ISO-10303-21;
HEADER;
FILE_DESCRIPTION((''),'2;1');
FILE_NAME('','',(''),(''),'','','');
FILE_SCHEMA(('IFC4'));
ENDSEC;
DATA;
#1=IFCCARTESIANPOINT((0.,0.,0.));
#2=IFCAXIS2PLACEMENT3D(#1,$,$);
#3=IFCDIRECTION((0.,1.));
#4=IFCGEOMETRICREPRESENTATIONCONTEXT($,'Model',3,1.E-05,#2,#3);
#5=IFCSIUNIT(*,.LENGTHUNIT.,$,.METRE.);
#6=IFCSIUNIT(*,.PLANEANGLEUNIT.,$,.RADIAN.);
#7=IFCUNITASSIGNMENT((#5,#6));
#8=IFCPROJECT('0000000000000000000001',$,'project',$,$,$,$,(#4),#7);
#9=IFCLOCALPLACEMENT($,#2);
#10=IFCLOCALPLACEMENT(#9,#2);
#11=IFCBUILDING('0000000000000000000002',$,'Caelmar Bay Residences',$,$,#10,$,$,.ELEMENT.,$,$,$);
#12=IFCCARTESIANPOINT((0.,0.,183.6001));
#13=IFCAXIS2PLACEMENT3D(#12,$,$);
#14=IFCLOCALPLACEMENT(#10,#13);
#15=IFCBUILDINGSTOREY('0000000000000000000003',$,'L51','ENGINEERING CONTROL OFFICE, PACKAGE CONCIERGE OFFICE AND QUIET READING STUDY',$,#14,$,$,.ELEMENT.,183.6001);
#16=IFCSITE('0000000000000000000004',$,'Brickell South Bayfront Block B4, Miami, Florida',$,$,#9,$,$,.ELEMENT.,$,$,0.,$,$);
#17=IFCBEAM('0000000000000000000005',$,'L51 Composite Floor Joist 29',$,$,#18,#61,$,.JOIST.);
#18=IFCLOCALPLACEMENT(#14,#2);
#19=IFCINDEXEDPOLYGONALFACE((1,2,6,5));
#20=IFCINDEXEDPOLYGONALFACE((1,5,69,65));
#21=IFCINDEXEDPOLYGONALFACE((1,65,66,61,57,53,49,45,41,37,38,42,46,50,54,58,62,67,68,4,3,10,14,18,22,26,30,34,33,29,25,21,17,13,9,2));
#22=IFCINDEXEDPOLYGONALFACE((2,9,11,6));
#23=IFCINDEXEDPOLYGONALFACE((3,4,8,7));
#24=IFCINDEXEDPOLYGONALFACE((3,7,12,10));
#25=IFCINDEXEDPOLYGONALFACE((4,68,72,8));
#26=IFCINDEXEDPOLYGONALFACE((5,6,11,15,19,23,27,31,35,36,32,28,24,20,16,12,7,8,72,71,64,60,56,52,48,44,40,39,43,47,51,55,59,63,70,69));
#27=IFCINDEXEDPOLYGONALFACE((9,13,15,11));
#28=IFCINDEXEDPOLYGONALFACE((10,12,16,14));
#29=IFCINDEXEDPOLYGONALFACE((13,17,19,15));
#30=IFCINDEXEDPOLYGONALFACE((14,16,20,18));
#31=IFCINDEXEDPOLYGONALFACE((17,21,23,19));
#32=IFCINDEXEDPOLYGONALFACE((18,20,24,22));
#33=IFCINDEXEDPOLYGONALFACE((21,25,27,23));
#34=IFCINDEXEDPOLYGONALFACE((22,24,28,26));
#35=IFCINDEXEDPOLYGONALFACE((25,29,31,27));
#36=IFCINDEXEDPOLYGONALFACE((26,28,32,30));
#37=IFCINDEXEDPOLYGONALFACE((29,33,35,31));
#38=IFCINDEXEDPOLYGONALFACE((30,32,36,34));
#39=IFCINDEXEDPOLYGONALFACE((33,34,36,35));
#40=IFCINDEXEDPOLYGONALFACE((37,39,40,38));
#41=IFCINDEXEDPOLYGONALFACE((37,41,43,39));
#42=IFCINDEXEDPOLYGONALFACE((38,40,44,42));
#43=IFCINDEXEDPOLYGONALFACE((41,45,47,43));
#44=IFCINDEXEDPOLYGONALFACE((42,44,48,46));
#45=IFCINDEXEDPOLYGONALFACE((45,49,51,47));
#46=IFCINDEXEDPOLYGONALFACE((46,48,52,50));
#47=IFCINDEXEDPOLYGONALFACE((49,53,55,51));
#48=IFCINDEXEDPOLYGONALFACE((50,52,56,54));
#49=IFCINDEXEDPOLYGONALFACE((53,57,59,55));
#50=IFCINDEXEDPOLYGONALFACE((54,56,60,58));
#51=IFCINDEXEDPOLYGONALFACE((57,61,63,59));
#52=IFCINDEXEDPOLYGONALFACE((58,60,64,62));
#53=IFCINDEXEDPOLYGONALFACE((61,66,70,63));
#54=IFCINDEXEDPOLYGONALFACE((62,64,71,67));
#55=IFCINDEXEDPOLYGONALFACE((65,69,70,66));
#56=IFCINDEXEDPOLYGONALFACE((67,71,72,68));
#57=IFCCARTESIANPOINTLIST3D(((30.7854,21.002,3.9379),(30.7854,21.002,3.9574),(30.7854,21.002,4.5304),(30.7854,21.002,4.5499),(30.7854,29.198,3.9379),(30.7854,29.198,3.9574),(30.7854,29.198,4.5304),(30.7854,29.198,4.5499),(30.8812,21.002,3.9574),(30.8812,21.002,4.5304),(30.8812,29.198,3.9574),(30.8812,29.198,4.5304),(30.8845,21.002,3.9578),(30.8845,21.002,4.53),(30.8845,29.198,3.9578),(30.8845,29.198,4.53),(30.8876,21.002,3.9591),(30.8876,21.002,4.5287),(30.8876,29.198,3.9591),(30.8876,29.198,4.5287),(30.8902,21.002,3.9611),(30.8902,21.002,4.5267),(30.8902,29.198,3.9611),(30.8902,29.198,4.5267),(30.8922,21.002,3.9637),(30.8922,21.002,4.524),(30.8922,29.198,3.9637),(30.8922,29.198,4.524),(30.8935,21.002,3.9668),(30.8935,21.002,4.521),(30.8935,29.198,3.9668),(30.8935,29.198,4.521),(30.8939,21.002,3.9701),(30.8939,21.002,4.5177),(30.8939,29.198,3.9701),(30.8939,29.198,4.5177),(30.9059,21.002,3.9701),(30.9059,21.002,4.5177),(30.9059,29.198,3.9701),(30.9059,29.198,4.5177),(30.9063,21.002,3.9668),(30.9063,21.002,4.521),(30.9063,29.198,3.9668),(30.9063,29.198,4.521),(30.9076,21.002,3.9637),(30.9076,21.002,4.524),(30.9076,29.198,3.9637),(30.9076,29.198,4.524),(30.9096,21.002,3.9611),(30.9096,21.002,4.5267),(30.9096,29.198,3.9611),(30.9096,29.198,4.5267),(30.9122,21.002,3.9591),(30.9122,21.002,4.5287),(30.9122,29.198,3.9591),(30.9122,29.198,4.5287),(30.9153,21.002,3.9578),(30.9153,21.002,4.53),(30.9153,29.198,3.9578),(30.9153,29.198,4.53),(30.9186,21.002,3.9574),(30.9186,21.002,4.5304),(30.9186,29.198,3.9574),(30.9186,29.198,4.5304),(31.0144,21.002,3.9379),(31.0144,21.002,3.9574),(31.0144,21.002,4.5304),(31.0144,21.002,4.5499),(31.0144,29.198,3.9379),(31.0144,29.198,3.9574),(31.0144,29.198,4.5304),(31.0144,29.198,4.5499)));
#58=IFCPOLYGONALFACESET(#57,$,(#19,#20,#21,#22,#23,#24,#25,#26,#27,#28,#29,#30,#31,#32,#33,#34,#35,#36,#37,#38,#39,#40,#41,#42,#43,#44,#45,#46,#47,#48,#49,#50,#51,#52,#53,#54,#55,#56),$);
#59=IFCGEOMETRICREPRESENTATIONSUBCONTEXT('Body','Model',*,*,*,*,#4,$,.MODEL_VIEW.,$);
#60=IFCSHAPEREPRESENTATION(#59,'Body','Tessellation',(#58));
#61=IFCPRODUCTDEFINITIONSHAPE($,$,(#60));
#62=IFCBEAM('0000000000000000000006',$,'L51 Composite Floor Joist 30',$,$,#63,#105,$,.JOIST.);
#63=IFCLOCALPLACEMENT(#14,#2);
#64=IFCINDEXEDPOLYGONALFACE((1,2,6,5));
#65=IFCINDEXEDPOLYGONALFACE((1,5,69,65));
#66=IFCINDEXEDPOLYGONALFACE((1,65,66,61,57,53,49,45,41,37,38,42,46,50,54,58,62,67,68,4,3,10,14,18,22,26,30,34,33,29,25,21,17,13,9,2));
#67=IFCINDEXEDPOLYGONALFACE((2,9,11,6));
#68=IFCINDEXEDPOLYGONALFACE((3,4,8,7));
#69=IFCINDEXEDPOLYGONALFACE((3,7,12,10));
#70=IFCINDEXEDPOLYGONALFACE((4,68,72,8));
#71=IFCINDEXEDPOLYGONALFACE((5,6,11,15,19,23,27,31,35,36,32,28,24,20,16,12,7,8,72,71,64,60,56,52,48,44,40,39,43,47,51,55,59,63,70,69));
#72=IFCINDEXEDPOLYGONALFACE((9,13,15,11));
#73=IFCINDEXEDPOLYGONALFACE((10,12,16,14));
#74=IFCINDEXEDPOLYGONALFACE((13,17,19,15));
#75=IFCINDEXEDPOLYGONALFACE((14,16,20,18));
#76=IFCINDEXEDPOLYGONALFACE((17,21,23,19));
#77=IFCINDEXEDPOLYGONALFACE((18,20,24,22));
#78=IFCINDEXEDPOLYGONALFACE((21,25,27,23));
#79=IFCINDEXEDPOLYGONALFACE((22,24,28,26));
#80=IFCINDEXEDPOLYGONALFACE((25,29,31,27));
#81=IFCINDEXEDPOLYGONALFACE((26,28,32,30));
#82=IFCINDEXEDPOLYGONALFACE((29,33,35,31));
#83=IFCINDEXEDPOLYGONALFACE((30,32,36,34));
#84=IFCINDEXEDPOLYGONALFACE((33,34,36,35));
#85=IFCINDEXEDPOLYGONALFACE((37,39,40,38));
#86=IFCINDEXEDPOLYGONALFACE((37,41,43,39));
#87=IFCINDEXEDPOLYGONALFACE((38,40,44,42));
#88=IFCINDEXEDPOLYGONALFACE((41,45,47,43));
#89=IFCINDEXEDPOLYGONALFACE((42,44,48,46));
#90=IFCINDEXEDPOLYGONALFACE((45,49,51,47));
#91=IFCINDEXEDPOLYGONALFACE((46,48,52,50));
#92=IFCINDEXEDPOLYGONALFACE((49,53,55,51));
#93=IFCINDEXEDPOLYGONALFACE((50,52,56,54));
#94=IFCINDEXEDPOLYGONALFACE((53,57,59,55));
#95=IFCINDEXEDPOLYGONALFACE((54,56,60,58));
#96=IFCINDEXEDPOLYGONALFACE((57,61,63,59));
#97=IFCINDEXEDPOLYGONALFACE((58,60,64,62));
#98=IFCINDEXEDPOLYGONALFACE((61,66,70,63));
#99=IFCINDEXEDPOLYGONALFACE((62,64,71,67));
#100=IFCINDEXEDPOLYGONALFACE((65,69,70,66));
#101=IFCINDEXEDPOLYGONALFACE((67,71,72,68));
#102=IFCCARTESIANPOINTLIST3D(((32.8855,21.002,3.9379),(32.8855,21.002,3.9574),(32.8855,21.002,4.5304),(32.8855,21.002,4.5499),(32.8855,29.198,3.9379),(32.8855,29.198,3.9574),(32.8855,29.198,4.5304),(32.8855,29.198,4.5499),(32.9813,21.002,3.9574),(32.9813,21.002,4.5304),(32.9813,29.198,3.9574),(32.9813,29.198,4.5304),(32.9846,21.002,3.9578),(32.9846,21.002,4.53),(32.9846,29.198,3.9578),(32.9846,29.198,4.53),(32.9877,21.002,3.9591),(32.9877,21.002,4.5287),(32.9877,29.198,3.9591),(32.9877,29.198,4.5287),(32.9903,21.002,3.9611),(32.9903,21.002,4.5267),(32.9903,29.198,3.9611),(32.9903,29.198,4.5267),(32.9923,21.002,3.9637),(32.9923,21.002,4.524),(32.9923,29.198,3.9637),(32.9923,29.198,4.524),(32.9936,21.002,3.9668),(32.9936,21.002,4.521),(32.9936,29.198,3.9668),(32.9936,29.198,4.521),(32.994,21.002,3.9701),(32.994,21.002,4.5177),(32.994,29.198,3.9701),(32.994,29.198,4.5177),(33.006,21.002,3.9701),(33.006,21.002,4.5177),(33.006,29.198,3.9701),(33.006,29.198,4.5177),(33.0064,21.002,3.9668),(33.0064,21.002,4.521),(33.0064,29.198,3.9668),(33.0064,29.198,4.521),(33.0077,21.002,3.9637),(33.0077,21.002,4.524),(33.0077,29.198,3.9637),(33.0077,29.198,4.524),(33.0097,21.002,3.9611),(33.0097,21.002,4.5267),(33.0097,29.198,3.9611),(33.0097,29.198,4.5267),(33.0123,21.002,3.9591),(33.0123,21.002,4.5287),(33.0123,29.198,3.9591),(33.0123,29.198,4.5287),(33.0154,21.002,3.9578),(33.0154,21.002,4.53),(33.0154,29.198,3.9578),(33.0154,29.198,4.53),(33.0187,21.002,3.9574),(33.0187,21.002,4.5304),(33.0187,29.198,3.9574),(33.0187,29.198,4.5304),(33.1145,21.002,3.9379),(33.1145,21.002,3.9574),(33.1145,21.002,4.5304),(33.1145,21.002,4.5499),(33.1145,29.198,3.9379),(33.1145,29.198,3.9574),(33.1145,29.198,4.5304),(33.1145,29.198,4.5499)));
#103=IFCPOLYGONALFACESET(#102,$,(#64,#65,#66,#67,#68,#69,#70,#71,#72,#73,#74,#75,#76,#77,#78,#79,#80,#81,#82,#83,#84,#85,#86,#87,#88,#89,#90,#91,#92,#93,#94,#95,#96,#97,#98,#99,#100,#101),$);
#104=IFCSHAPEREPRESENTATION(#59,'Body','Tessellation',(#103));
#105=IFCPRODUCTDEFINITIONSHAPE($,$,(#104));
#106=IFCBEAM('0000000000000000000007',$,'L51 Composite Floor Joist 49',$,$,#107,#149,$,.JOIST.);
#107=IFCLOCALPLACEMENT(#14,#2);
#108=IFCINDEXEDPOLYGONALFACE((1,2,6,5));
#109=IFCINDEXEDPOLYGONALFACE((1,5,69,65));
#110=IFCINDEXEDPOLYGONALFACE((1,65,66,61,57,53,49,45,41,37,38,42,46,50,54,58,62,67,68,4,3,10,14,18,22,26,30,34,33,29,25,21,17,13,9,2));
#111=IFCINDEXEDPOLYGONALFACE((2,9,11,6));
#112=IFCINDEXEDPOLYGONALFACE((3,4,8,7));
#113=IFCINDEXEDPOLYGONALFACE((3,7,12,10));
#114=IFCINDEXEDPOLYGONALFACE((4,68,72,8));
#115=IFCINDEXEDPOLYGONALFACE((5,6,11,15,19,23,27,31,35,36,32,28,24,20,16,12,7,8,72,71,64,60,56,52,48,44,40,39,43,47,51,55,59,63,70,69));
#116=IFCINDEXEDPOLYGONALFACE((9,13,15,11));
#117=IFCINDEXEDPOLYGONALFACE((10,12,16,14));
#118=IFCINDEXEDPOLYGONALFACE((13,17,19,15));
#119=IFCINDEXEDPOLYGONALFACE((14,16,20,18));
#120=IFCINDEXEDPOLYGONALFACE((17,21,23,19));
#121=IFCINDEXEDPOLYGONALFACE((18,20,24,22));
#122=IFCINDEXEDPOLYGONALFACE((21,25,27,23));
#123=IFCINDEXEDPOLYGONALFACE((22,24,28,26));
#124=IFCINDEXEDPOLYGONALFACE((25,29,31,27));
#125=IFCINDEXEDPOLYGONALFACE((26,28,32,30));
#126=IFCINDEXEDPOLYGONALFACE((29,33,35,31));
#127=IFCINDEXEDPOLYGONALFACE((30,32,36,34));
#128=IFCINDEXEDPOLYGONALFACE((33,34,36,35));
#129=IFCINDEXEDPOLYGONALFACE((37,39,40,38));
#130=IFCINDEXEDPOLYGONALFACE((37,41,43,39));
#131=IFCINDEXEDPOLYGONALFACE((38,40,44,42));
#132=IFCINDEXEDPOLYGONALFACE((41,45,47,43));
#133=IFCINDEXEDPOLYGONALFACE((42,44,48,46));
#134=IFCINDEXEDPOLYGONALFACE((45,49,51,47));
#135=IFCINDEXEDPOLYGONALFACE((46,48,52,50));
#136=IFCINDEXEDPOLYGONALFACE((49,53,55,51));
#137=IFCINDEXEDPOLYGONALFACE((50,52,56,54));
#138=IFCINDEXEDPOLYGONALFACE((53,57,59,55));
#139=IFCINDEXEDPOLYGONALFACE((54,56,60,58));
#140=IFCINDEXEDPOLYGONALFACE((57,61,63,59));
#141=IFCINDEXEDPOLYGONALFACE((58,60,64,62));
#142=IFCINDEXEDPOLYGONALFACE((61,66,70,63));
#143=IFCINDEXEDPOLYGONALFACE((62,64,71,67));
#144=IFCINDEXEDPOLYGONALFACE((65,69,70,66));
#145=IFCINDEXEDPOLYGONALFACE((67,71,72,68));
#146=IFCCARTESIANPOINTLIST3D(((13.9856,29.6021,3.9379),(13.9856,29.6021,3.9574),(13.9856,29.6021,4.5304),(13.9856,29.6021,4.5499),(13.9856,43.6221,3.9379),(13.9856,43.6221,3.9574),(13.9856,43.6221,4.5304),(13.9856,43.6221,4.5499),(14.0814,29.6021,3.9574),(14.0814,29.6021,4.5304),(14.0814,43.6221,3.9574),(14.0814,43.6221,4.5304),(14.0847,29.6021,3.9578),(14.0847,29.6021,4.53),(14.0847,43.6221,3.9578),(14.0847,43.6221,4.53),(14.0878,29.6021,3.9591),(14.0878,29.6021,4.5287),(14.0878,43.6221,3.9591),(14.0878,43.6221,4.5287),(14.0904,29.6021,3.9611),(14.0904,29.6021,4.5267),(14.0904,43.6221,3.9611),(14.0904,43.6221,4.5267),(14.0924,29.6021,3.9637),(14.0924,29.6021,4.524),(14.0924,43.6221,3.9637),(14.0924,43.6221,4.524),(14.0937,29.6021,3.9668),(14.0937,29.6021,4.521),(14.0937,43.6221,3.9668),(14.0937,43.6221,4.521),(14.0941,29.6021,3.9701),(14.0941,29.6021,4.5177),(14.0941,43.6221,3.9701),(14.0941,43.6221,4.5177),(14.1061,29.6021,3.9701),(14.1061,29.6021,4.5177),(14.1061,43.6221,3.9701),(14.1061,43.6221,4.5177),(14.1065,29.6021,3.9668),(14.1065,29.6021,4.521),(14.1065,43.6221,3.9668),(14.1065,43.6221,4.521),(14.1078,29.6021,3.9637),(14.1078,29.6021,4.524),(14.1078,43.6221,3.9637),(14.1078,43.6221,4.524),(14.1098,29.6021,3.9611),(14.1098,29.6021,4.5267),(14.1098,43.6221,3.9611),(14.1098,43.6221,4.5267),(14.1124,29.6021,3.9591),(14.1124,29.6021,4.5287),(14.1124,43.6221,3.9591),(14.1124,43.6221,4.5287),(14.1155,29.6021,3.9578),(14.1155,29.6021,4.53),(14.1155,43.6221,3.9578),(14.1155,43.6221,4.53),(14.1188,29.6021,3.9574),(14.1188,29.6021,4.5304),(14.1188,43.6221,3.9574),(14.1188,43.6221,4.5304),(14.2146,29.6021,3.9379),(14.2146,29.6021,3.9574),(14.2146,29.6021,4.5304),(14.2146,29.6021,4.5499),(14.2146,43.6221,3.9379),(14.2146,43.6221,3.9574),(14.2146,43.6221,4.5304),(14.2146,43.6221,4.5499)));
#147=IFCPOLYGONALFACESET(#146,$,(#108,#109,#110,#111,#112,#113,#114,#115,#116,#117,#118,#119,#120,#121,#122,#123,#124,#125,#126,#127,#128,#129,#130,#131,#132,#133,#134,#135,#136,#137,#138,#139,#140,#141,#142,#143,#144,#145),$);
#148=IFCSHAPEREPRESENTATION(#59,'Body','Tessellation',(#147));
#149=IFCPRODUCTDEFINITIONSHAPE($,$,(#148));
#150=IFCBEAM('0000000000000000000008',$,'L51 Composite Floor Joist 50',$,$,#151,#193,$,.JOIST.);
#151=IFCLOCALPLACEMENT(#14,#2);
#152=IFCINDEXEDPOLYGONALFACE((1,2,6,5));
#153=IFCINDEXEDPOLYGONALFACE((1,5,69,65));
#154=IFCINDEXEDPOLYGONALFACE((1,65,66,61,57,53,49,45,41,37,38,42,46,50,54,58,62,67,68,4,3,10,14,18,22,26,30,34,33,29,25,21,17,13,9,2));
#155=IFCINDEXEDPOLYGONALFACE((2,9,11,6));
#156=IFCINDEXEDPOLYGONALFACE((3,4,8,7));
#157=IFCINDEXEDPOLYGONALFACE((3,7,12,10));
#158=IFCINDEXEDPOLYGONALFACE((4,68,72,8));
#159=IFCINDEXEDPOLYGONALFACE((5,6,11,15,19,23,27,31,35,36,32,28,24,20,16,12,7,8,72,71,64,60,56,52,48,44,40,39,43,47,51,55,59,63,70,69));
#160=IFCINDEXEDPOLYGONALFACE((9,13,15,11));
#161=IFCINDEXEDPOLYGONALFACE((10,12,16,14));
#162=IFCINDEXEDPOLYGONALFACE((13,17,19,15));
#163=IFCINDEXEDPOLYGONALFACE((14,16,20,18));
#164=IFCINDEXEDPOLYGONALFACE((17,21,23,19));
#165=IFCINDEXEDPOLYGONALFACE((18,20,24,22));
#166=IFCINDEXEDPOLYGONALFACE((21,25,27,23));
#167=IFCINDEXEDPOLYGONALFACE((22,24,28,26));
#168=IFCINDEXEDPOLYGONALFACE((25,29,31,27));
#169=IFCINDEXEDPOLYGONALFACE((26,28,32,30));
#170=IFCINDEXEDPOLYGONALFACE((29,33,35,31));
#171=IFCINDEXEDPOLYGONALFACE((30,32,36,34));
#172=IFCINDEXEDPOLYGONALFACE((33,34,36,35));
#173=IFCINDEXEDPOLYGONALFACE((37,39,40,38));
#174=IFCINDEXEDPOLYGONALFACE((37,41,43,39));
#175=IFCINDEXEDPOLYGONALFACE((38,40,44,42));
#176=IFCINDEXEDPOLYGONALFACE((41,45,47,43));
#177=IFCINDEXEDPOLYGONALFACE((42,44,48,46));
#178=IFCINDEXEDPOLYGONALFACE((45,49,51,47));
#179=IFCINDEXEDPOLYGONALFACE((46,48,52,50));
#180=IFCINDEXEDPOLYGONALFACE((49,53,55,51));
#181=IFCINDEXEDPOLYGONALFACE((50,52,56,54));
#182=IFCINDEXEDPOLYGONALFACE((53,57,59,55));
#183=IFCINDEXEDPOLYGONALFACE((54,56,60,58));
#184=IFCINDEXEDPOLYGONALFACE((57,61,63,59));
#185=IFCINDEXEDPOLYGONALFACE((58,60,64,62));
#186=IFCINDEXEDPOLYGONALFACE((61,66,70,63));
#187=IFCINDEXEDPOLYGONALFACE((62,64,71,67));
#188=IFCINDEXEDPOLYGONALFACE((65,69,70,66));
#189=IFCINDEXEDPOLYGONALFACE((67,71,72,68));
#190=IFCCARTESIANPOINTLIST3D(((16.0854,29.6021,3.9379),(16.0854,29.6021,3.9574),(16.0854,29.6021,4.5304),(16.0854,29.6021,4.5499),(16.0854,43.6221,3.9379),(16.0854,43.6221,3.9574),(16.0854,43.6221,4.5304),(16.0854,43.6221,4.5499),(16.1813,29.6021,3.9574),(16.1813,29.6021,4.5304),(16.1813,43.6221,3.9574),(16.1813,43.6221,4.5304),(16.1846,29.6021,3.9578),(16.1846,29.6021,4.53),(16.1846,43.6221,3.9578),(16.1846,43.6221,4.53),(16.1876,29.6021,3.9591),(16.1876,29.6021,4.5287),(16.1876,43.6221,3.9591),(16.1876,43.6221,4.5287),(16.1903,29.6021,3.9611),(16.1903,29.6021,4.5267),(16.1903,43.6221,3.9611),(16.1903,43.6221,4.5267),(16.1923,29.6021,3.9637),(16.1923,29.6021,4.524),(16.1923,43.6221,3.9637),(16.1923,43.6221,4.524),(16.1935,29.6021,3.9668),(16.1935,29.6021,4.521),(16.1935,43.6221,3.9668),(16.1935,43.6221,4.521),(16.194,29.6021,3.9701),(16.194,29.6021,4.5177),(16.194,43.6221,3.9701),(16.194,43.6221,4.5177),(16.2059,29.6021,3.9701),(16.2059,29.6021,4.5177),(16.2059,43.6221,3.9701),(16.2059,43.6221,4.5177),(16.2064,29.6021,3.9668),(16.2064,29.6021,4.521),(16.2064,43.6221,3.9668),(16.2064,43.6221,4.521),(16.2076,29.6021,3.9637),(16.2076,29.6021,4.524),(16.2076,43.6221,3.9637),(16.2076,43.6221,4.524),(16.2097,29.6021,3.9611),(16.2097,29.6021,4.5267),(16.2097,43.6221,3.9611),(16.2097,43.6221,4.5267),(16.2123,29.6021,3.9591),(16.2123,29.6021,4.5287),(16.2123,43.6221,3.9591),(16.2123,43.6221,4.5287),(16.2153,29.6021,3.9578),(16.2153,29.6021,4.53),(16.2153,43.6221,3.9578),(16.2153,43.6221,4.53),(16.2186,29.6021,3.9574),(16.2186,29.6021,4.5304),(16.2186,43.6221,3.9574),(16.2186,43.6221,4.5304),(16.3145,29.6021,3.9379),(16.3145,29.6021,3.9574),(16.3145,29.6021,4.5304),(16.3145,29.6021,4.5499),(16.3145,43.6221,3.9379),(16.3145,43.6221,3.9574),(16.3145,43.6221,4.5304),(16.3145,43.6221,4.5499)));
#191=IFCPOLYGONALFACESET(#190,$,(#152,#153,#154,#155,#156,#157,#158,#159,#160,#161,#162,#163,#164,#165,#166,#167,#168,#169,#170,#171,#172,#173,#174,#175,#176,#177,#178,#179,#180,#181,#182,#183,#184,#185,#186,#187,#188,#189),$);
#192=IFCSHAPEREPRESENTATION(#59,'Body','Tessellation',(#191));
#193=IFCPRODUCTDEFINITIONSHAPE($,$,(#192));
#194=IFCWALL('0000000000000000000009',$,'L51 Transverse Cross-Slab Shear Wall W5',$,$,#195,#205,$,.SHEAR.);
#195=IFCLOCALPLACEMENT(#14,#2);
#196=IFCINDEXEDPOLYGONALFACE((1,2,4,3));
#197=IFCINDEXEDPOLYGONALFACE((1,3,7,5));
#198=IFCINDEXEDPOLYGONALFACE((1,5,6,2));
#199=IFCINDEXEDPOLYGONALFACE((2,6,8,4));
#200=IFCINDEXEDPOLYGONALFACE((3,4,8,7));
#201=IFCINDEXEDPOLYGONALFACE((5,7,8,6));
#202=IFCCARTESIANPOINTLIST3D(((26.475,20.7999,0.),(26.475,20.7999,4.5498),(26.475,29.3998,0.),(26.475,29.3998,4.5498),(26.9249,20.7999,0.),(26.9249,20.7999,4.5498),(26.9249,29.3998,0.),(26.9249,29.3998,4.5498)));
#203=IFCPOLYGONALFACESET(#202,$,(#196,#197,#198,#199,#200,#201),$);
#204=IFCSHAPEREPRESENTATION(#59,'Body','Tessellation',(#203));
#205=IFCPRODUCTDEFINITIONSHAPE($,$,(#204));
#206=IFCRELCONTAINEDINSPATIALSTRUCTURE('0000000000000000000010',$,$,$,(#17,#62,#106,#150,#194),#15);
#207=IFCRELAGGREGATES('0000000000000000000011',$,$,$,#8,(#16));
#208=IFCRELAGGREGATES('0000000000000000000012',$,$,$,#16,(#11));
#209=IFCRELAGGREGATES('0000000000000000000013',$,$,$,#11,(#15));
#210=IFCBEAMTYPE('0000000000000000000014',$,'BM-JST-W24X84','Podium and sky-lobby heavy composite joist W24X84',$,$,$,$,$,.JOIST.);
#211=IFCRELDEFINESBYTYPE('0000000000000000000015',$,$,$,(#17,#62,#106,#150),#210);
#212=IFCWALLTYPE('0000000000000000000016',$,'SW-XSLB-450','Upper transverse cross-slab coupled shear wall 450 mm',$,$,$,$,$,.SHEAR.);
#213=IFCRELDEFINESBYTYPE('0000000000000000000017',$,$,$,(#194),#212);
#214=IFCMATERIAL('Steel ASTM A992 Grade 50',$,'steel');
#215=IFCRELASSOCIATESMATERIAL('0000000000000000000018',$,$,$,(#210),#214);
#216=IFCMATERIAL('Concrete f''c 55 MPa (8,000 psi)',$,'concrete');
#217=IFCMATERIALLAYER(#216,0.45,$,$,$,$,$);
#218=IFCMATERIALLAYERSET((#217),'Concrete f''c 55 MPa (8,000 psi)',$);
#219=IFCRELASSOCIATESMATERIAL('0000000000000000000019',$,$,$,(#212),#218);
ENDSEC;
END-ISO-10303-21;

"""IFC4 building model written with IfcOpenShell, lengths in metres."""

from ifc_helpers import new_model, si_unit, direction, frame, frame_2d, origin, origin_2d, place, context, subcontext, project, spatial, rectangle, i_section, extrude, material, layer, layer_set, material_profile, profile_set, type_object, element, save


model = new_model("IFC4")

# Units and contexts
model_context = context("Model", 3, precision=1e-05, world=origin(), true_north=direction((0.0, 1.0)))
body_context = subcontext(model_context, "Body", "Model", "MODEL_VIEW")
ifc_project = project(units=[si_unit("LENGTHUNIT", "METRE"), si_unit("PLANEANGLEUNIT", "RADIAN")], contexts=[model_context])

# Site, building, storey
site_placement = place(None, origin())
site = spatial("IfcSite", under=ifc_project, at=site_placement, Name="Brickell South Bayfront Block B4, Miami, Florida", CompositionType="ELEMENT", RefElevation=0.0)
building_placement = place(site_placement, origin())
building = spatial("IfcBuilding", under=site, at=building_placement, Name="Caelmar Bay Residences", CompositionType="ELEMENT")
storey_placement = place(building_placement, frame((0.0, 0.0, 183.6001)))
storey = spatial("IfcBuildingStorey", under=building, at=storey_placement, Name="L51", Description="ENGINEERING CONTROL OFFICE, PACKAGE CONCIERGE OFFICE AND QUIET READING STUDY", CompositionType="ELEMENT", Elevation=183.6001)

# Shared definitions
ifc_material_1 = material(Name="Concrete f'c 55 MPa (8,000 psi)", Category="concrete")

# Beams
ifc_material_2 = material(Name="Steel ASTM A992 Grade 50", Category="steel")
ifc_material_profile_1 = material_profile(ifc_material_2, i_section(OverallWidth=0.229, OverallDepth=0.6121, WebThickness=0.012, FlangeThickness=0.0195, FilletRadius=0.0127, at=origin_2d()), Name="W24X84")
ifc_profile_set_1 = profile_set([ifc_material_profile_1], Name="Steel ASTM A992 Grade 50")
beam_type_1 = type_object("IfcBeamType", Name="BM-JST-W24X84", Description="Podium and sky-lobby heavy composite joist W24X84", PredefinedType="JOIST", material=ifc_profile_set_1)
for number, where, z_axis, x_axis, name in (
    (1, (30.8999, 21.002, 4.2439), (0.0, 1.0, 0.0), (-1.0, 0.0, 0.0), "L51 Composite Floor Joist 29"),
    (2, (33.0, 21.002, 4.2439), (0.0, 1.0, 0.0), (-1.0, 0.0, 0.0), "L51 Composite Floor Joist 30"),
):
    element("IfcBeam", number, at=place(storey_placement, frame(where, z_axis=z_axis, x_axis=x_axis)), inside=storey, type_object=beam_type_1, Name=name, PredefinedType="JOIST", context=body_context, shape_type="SweptSolid", body=[
        extrude(i_section(OverallWidth=0.229, OverallDepth=0.6121, WebThickness=0.012, FlangeThickness=0.0195, FilletRadius=0.0127, at=origin_2d()), origin(), (0.0, 0.0, 1.0), 8.196),
    ])
for number, where, z_axis, x_axis, name in (
    (3, (14.1001, 29.6021, 4.2439), (0.0, 1.0, 0.0), (-1.0, 0.0, 0.0), "L51 Composite Floor Joist 49"),
    (4, (16.2, 29.6021, 4.2439), (0.0, 1.0, 0.0), (-1.0, 0.0, 0.0), "L51 Composite Floor Joist 50"),
):
    element("IfcBeam", number, at=place(storey_placement, frame(where, z_axis=z_axis, x_axis=x_axis)), inside=storey, type_object=beam_type_1, Name=name, PredefinedType="JOIST", context=body_context, shape_type="SweptSolid", body=[
        extrude(i_section(OverallWidth=0.229, OverallDepth=0.6121, WebThickness=0.012, FlangeThickness=0.0195, FilletRadius=0.0127, at=origin_2d()), origin(), (0.0, 0.0, 1.0), 14.02),
    ])

# Wall
ifc_layer_1 = layer(ifc_material_1, 0.45)
ifc_layer_set_1 = layer_set([ifc_layer_1], Name="Concrete f'c 55 MPa (8,000 psi)")
wall_type_1 = type_object("IfcWallType", Name="SW-XSLB-450", Description="Upper transverse cross-slab coupled shear wall 450 mm", PredefinedType="SHEAR", material=ifc_layer_set_1)
wall_1_placement = place(storey_placement, frame((26.7, 20.8, 0.0), z_axis=(0.0, 0.0, 1.0), x_axis=(0.0, 1.0, 0.0)))
element("IfcWall", 5, at=wall_1_placement, inside=storey, type_object=wall_type_1, Name="L51 Transverse Cross-Slab Shear Wall W5", PredefinedType="SHEAR", context=body_context, shape_type="SweptSolid", body=[
    extrude(rectangle(XDim=8.5999, YDim=0.45, at=frame_2d((4.2998, 0.0))), origin(), (0.0, 0.0, 1.0), 4.5498),
])

save(model, "model.ifc")
